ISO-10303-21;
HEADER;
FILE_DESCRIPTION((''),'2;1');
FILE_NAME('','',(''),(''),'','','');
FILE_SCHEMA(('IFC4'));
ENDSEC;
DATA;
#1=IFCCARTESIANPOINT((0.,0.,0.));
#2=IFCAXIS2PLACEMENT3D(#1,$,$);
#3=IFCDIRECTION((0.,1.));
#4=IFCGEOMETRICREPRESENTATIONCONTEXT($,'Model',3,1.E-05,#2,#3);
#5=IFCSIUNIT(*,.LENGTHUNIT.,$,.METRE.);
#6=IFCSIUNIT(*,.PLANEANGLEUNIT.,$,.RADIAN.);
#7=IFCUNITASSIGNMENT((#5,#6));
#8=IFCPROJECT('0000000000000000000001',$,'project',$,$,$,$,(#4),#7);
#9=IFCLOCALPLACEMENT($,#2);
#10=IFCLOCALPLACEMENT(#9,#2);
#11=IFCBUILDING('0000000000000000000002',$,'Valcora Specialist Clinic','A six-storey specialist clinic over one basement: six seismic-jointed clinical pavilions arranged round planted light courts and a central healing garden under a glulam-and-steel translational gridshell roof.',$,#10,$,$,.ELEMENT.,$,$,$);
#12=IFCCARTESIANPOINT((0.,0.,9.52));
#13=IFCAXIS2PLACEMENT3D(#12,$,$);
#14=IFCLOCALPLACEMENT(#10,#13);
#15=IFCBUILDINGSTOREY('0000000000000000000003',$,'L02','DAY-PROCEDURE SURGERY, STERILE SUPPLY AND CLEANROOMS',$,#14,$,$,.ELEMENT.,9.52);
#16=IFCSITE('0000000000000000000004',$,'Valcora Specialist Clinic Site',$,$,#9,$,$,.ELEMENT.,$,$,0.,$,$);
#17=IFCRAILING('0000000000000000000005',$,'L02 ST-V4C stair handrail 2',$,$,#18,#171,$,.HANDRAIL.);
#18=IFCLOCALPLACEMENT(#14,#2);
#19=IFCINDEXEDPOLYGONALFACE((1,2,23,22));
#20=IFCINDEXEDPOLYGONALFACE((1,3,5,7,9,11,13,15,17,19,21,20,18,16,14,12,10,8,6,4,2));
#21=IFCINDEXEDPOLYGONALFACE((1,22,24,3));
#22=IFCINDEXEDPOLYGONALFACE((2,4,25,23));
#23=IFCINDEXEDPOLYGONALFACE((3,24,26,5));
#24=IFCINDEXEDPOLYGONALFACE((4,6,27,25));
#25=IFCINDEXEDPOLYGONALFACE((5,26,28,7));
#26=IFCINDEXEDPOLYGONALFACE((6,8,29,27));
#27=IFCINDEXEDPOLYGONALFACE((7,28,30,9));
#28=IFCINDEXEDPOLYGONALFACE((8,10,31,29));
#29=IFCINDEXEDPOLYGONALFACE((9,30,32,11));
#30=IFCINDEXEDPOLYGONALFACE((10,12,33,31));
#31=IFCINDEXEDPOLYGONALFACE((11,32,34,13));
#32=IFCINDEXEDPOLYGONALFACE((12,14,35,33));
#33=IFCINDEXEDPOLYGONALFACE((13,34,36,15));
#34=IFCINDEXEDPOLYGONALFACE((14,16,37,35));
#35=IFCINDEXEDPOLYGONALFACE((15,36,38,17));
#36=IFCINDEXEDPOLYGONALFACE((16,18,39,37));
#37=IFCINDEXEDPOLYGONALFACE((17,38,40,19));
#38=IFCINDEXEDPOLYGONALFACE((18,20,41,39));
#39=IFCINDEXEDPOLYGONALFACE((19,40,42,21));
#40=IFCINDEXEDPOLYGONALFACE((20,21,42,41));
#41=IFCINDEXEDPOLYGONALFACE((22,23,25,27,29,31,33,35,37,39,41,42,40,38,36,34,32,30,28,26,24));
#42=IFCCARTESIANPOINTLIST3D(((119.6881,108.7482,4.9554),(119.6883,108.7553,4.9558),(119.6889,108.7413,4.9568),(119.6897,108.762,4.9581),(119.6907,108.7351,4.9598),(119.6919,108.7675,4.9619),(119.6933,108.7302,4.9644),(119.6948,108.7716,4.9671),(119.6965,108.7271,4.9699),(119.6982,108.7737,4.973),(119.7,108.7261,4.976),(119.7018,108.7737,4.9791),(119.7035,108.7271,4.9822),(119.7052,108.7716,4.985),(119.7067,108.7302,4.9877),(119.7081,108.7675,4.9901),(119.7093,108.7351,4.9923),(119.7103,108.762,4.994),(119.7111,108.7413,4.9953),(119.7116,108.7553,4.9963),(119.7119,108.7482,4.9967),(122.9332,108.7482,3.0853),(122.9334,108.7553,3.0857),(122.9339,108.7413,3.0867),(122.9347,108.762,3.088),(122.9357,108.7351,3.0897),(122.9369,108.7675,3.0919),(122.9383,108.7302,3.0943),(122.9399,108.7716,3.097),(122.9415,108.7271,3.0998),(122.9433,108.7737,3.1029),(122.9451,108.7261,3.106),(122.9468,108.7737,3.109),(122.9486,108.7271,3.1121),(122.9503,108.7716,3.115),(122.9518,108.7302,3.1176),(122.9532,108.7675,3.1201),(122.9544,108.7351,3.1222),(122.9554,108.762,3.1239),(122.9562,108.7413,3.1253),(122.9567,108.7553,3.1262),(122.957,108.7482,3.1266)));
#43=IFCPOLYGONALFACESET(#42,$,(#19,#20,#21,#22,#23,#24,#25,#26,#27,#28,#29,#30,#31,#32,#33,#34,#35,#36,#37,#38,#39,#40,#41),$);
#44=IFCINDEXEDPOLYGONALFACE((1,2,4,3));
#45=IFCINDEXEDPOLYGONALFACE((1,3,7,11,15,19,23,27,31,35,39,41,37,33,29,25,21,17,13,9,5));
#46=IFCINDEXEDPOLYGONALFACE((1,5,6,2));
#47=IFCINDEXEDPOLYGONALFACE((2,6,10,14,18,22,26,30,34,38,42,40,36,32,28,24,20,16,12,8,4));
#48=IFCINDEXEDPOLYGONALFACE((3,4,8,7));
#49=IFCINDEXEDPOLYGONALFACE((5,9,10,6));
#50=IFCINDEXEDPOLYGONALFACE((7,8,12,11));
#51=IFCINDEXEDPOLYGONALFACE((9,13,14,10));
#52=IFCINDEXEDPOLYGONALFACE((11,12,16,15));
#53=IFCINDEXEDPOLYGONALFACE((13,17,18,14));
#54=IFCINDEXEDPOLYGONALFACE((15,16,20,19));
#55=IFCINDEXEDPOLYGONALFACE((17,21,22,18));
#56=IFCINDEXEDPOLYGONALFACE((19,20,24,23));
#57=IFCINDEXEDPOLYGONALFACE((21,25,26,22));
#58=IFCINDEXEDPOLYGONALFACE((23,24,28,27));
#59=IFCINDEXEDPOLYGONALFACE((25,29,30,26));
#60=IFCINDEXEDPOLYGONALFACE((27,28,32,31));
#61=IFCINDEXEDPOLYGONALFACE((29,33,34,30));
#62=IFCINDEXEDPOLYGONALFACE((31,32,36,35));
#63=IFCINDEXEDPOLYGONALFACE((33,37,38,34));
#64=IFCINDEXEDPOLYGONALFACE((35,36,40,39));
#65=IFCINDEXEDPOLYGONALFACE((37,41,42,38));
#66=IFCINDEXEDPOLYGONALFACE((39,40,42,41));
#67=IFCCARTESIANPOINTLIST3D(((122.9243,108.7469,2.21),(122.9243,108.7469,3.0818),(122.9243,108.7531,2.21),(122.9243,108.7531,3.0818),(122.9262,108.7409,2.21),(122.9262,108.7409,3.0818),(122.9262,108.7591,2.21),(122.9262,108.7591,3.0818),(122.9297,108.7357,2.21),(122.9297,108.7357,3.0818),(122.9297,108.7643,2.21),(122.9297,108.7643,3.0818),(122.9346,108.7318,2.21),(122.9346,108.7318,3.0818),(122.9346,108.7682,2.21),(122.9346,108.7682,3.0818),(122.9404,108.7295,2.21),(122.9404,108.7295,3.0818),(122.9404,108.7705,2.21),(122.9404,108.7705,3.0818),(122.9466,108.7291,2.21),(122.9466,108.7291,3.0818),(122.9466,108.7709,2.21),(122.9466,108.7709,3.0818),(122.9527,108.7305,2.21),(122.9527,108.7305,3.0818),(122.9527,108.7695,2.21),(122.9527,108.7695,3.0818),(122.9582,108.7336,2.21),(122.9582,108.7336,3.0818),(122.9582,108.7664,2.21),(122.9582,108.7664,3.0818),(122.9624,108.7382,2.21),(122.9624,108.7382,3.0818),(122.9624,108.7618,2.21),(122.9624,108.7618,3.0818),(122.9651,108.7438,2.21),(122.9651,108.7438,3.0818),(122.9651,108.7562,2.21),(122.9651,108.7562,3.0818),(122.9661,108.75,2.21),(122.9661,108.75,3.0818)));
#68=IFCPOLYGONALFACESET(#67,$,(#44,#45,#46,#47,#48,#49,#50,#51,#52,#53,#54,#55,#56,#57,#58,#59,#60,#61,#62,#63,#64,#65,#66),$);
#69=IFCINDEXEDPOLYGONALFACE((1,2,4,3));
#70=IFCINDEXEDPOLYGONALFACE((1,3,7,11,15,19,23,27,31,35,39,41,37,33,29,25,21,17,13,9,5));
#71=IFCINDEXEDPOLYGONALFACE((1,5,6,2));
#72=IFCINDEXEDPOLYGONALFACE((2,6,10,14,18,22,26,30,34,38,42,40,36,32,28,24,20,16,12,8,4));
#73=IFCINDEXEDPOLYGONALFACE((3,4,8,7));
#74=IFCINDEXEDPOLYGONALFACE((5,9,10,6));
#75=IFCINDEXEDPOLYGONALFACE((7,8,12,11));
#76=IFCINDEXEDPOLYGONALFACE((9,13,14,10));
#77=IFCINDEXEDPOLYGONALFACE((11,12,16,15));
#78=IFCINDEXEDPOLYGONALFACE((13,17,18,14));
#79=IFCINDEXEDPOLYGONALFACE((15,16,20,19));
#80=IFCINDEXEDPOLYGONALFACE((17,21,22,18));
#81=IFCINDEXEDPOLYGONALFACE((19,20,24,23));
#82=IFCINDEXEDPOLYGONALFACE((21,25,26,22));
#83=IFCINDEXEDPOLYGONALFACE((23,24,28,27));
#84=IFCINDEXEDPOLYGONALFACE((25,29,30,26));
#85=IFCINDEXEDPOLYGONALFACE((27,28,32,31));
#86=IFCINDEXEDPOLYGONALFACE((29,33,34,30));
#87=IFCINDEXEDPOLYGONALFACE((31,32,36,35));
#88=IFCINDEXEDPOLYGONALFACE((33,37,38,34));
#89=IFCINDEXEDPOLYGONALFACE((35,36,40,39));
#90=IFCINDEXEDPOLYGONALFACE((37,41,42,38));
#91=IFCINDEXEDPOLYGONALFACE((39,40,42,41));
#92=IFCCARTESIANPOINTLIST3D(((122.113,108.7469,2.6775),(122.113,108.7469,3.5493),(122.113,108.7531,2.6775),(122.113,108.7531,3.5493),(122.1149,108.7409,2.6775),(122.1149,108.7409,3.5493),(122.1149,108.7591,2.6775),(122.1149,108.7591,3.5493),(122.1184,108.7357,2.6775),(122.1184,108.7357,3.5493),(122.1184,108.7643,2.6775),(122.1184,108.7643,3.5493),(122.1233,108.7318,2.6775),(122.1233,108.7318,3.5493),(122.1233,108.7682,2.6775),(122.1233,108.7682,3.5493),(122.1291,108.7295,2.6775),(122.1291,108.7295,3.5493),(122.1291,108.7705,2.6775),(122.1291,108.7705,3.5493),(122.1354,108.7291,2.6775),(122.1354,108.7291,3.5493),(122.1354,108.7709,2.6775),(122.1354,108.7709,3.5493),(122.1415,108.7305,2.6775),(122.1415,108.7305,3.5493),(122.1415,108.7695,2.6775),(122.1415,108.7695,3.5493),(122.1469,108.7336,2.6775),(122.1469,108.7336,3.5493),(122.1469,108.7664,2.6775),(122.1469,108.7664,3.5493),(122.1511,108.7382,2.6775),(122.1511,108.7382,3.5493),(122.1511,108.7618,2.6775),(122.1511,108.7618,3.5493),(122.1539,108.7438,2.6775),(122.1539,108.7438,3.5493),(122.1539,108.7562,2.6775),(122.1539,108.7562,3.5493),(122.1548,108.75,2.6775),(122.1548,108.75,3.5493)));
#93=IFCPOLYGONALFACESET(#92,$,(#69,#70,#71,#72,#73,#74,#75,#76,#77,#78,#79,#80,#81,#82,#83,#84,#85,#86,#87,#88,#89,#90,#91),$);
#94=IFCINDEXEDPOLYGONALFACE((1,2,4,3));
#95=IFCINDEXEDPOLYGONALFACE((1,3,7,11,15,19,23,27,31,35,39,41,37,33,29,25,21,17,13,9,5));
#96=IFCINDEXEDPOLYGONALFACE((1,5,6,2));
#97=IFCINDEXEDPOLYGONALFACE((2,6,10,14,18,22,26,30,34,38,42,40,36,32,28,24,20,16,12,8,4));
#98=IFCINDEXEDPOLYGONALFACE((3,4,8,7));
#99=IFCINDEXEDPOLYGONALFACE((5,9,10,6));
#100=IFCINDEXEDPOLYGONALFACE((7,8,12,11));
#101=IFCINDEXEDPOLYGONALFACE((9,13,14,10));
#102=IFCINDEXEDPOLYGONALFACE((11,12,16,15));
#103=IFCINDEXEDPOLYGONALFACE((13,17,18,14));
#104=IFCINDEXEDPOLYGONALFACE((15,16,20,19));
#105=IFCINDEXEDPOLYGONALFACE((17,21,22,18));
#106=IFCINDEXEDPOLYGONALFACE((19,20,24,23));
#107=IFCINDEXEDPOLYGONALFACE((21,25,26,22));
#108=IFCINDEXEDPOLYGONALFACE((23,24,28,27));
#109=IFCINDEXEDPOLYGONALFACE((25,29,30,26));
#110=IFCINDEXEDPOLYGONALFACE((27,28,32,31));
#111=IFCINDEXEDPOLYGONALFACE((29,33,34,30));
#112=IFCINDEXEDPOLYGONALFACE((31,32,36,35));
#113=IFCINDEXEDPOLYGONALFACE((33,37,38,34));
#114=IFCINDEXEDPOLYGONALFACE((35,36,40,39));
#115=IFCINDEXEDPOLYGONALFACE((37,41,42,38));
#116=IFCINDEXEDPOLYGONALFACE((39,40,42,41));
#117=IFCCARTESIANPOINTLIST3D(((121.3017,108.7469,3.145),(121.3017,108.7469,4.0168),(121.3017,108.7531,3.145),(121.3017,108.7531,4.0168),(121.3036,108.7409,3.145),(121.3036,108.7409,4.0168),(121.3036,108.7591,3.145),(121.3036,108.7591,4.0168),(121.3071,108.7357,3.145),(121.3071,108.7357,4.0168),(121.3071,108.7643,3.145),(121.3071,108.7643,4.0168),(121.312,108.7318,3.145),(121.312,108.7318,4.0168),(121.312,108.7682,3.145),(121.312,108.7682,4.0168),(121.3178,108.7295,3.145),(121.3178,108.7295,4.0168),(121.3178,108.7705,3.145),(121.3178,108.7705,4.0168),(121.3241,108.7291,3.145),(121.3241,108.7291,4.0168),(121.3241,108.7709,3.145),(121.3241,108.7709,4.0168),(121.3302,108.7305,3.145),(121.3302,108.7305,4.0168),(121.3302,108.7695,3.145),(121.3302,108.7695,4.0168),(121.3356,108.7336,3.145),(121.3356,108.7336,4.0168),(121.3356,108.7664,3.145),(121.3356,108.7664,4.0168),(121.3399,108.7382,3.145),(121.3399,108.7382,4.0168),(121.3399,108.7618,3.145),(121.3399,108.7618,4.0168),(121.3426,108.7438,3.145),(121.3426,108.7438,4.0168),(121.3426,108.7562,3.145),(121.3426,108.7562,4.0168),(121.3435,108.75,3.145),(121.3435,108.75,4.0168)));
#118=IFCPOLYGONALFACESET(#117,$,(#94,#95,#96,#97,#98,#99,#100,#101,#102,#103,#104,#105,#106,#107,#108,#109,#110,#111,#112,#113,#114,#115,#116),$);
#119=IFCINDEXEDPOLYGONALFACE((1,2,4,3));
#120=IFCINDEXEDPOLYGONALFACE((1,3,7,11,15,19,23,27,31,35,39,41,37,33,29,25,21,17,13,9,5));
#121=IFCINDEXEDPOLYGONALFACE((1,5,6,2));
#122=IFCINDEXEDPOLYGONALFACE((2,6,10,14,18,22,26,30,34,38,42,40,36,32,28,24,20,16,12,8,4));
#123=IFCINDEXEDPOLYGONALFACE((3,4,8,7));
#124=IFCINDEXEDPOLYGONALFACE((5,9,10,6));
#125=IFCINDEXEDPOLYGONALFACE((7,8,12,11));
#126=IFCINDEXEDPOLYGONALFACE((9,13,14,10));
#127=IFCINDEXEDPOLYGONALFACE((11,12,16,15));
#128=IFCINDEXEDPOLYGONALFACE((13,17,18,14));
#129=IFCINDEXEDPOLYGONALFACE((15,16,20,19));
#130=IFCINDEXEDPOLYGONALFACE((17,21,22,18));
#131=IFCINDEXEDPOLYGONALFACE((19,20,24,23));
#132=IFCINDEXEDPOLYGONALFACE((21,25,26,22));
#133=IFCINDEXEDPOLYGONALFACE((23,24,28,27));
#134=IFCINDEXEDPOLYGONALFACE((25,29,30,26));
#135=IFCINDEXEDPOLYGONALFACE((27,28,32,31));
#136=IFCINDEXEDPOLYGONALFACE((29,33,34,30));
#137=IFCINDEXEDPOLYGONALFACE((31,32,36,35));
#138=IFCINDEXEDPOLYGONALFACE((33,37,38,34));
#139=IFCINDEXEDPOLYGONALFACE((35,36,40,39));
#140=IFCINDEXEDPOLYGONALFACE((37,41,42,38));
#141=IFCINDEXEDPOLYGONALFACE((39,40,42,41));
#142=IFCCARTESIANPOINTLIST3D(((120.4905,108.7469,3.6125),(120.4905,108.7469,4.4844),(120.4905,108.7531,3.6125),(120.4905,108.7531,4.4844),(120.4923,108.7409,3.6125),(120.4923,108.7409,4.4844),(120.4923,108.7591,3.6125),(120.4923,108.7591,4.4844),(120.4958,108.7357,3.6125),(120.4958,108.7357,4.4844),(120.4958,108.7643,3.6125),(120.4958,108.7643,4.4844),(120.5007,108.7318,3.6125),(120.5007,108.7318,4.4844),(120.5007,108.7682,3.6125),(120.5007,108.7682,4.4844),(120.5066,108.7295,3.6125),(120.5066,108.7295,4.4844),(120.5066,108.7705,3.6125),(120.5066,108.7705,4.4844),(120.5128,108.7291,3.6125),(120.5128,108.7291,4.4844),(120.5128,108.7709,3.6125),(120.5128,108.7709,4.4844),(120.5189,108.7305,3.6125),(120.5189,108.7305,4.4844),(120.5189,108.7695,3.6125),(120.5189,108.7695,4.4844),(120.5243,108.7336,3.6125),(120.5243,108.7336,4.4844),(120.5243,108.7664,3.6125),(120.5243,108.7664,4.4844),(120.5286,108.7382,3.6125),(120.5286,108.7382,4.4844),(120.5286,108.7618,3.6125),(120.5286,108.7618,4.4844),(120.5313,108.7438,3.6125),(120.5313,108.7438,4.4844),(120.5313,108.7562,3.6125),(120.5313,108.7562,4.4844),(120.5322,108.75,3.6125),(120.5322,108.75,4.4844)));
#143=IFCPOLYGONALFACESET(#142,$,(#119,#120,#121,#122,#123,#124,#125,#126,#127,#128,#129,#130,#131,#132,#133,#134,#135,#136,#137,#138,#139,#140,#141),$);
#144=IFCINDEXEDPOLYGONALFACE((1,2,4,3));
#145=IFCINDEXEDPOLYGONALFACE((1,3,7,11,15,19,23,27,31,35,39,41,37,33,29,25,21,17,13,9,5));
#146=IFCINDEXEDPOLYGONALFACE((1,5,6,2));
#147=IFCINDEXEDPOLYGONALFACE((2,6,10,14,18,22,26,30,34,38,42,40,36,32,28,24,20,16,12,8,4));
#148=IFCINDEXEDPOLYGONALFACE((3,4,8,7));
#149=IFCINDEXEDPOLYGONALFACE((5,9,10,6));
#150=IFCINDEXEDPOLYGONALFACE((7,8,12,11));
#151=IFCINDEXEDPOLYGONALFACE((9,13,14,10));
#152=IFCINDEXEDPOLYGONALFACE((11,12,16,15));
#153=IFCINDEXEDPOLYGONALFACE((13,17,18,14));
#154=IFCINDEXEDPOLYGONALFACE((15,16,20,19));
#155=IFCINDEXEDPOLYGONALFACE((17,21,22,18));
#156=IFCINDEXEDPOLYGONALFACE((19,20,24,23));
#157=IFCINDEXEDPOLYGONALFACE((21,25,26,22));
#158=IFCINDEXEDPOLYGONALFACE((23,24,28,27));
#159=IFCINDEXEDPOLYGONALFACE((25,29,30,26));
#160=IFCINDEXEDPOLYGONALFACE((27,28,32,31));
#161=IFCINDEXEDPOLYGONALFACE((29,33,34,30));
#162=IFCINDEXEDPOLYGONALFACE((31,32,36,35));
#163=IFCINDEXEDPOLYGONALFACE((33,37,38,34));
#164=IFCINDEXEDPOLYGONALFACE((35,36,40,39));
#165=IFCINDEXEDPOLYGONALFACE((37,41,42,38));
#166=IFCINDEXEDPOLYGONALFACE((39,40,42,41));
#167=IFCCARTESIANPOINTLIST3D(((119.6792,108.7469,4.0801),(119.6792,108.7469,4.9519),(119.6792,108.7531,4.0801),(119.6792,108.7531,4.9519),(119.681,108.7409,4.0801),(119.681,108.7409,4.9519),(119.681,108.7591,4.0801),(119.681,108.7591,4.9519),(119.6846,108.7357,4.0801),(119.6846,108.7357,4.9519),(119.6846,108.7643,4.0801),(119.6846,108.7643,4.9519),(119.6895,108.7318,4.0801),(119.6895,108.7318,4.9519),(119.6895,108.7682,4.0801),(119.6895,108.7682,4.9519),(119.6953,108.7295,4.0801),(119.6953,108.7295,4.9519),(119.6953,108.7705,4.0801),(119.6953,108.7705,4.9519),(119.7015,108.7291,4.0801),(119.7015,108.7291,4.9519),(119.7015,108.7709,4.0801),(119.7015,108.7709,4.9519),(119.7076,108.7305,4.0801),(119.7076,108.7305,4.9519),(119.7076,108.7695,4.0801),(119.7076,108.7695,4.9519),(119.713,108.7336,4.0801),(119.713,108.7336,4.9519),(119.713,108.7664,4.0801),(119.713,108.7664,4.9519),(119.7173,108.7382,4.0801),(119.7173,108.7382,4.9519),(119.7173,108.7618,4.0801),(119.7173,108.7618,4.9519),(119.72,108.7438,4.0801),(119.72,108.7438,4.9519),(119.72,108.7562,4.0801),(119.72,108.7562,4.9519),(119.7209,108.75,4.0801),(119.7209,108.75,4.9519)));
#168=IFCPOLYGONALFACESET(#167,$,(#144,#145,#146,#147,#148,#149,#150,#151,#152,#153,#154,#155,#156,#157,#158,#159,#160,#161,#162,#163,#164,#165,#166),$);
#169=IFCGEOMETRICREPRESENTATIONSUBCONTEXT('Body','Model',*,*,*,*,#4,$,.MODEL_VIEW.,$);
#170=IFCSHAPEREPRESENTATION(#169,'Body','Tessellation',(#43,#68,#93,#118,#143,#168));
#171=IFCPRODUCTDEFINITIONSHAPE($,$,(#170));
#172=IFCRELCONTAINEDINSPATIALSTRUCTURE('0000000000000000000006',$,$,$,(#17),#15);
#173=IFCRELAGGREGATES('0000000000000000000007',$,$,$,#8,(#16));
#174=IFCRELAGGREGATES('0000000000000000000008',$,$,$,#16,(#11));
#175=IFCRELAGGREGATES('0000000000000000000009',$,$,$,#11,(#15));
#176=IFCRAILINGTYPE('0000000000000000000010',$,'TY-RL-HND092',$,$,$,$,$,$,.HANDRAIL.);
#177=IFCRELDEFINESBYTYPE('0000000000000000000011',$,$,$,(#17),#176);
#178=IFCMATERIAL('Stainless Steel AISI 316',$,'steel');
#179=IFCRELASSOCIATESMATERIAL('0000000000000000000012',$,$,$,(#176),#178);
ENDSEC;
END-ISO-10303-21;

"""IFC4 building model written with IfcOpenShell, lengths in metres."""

from ifc_helpers import new_model, si_unit, direction, frame, origin, origin_2d, place, context, subcontext, project, spatial, circle, extrude, material, type_object, element, save


model = new_model("IFC4")

# Units and contexts
model_context = context("Model", 3, precision=1e-05, world=origin(), true_north=direction((0.0, 1.0)))
body_context = subcontext(model_context, "Body", "Model", "MODEL_VIEW")
ifc_project = project(units=[si_unit("LENGTHUNIT", "METRE"), si_unit("PLANEANGLEUNIT", "RADIAN")], contexts=[model_context])

# Site, building, storey
site_placement = place(None, origin())
site = spatial("IfcSite", under=ifc_project, at=site_placement, Name="Valcora Specialist Clinic Site", CompositionType="ELEMENT", RefElevation=0.0)
building_placement = place(site_placement, origin())
building = spatial("IfcBuilding", under=site, at=building_placement, Name="Valcora Specialist Clinic", Description="A six-storey specialist clinic over one basement: six seismic-jointed clinical pavilions arranged round planted light courts and a central healing garden under a glulam-and-steel translational gridshell roof.", CompositionType="ELEMENT")
storey_placement = place(building_placement, frame((0.0, 0.0, 9.52)))
storey = spatial("IfcBuildingStorey", under=building, at=storey_placement, Name="L02", Description="DAY-PROCEDURE SURGERY, STERILE SUPPLY AND CLEANROOMS", CompositionType="ELEMENT", Elevation=9.52)

# Railing
ifc_material_1 = material(Name="Stainless Steel AISI 316", Category="steel")
railing_type_1 = type_object("IfcRailingType", Name="TY-RL-HND092", PredefinedType="HANDRAIL", material=ifc_material_1)
railing_1_placement = place(storey_placement, frame((122.9451, 108.75, 2.21)))
element("IfcRailing", 1, at=railing_1_placement, inside=storey, type_object=railing_type_1, Name="L02 ST-V4C stair handrail 2", PredefinedType="HANDRAIL", context=body_context, shape_type="SweptSolid", body=[
    extrude(circle(Radius=0.0239, at=origin_2d()), frame((0.0, 0.0, 0.896), z_axis=(-0.866424, 0.0, 0.499309), x_axis=(0.0, -1.0, 0.0)), (0.0, 0.0, 1.0), 3.7454),
    extrude(circle(Radius=0.021, at=origin_2d()), origin(), (0.0, 0.0, 1.0), 0.8718),
    extrude(circle(Radius=0.021, at=origin_2d()), frame((-0.8113, 0.0, 0.4675)), (0.0, 0.0, 1.0), 0.8718),
    extrude(circle(Radius=0.021, at=origin_2d()), frame((-1.6226, 0.0, 0.9351)), (0.0, 0.0, 1.0), 0.8718),
    extrude(circle(Radius=0.021, at=origin_2d()), frame((-2.4338, 0.0, 1.4026)), (0.0, 0.0, 1.0), 0.8718),
    extrude(circle(Radius=0.021, at=origin_2d()), frame((-3.2451, 0.0, 1.8701)), (0.0, 0.0, 1.0), 0.8718),
])

save(model, "model.ifc")
